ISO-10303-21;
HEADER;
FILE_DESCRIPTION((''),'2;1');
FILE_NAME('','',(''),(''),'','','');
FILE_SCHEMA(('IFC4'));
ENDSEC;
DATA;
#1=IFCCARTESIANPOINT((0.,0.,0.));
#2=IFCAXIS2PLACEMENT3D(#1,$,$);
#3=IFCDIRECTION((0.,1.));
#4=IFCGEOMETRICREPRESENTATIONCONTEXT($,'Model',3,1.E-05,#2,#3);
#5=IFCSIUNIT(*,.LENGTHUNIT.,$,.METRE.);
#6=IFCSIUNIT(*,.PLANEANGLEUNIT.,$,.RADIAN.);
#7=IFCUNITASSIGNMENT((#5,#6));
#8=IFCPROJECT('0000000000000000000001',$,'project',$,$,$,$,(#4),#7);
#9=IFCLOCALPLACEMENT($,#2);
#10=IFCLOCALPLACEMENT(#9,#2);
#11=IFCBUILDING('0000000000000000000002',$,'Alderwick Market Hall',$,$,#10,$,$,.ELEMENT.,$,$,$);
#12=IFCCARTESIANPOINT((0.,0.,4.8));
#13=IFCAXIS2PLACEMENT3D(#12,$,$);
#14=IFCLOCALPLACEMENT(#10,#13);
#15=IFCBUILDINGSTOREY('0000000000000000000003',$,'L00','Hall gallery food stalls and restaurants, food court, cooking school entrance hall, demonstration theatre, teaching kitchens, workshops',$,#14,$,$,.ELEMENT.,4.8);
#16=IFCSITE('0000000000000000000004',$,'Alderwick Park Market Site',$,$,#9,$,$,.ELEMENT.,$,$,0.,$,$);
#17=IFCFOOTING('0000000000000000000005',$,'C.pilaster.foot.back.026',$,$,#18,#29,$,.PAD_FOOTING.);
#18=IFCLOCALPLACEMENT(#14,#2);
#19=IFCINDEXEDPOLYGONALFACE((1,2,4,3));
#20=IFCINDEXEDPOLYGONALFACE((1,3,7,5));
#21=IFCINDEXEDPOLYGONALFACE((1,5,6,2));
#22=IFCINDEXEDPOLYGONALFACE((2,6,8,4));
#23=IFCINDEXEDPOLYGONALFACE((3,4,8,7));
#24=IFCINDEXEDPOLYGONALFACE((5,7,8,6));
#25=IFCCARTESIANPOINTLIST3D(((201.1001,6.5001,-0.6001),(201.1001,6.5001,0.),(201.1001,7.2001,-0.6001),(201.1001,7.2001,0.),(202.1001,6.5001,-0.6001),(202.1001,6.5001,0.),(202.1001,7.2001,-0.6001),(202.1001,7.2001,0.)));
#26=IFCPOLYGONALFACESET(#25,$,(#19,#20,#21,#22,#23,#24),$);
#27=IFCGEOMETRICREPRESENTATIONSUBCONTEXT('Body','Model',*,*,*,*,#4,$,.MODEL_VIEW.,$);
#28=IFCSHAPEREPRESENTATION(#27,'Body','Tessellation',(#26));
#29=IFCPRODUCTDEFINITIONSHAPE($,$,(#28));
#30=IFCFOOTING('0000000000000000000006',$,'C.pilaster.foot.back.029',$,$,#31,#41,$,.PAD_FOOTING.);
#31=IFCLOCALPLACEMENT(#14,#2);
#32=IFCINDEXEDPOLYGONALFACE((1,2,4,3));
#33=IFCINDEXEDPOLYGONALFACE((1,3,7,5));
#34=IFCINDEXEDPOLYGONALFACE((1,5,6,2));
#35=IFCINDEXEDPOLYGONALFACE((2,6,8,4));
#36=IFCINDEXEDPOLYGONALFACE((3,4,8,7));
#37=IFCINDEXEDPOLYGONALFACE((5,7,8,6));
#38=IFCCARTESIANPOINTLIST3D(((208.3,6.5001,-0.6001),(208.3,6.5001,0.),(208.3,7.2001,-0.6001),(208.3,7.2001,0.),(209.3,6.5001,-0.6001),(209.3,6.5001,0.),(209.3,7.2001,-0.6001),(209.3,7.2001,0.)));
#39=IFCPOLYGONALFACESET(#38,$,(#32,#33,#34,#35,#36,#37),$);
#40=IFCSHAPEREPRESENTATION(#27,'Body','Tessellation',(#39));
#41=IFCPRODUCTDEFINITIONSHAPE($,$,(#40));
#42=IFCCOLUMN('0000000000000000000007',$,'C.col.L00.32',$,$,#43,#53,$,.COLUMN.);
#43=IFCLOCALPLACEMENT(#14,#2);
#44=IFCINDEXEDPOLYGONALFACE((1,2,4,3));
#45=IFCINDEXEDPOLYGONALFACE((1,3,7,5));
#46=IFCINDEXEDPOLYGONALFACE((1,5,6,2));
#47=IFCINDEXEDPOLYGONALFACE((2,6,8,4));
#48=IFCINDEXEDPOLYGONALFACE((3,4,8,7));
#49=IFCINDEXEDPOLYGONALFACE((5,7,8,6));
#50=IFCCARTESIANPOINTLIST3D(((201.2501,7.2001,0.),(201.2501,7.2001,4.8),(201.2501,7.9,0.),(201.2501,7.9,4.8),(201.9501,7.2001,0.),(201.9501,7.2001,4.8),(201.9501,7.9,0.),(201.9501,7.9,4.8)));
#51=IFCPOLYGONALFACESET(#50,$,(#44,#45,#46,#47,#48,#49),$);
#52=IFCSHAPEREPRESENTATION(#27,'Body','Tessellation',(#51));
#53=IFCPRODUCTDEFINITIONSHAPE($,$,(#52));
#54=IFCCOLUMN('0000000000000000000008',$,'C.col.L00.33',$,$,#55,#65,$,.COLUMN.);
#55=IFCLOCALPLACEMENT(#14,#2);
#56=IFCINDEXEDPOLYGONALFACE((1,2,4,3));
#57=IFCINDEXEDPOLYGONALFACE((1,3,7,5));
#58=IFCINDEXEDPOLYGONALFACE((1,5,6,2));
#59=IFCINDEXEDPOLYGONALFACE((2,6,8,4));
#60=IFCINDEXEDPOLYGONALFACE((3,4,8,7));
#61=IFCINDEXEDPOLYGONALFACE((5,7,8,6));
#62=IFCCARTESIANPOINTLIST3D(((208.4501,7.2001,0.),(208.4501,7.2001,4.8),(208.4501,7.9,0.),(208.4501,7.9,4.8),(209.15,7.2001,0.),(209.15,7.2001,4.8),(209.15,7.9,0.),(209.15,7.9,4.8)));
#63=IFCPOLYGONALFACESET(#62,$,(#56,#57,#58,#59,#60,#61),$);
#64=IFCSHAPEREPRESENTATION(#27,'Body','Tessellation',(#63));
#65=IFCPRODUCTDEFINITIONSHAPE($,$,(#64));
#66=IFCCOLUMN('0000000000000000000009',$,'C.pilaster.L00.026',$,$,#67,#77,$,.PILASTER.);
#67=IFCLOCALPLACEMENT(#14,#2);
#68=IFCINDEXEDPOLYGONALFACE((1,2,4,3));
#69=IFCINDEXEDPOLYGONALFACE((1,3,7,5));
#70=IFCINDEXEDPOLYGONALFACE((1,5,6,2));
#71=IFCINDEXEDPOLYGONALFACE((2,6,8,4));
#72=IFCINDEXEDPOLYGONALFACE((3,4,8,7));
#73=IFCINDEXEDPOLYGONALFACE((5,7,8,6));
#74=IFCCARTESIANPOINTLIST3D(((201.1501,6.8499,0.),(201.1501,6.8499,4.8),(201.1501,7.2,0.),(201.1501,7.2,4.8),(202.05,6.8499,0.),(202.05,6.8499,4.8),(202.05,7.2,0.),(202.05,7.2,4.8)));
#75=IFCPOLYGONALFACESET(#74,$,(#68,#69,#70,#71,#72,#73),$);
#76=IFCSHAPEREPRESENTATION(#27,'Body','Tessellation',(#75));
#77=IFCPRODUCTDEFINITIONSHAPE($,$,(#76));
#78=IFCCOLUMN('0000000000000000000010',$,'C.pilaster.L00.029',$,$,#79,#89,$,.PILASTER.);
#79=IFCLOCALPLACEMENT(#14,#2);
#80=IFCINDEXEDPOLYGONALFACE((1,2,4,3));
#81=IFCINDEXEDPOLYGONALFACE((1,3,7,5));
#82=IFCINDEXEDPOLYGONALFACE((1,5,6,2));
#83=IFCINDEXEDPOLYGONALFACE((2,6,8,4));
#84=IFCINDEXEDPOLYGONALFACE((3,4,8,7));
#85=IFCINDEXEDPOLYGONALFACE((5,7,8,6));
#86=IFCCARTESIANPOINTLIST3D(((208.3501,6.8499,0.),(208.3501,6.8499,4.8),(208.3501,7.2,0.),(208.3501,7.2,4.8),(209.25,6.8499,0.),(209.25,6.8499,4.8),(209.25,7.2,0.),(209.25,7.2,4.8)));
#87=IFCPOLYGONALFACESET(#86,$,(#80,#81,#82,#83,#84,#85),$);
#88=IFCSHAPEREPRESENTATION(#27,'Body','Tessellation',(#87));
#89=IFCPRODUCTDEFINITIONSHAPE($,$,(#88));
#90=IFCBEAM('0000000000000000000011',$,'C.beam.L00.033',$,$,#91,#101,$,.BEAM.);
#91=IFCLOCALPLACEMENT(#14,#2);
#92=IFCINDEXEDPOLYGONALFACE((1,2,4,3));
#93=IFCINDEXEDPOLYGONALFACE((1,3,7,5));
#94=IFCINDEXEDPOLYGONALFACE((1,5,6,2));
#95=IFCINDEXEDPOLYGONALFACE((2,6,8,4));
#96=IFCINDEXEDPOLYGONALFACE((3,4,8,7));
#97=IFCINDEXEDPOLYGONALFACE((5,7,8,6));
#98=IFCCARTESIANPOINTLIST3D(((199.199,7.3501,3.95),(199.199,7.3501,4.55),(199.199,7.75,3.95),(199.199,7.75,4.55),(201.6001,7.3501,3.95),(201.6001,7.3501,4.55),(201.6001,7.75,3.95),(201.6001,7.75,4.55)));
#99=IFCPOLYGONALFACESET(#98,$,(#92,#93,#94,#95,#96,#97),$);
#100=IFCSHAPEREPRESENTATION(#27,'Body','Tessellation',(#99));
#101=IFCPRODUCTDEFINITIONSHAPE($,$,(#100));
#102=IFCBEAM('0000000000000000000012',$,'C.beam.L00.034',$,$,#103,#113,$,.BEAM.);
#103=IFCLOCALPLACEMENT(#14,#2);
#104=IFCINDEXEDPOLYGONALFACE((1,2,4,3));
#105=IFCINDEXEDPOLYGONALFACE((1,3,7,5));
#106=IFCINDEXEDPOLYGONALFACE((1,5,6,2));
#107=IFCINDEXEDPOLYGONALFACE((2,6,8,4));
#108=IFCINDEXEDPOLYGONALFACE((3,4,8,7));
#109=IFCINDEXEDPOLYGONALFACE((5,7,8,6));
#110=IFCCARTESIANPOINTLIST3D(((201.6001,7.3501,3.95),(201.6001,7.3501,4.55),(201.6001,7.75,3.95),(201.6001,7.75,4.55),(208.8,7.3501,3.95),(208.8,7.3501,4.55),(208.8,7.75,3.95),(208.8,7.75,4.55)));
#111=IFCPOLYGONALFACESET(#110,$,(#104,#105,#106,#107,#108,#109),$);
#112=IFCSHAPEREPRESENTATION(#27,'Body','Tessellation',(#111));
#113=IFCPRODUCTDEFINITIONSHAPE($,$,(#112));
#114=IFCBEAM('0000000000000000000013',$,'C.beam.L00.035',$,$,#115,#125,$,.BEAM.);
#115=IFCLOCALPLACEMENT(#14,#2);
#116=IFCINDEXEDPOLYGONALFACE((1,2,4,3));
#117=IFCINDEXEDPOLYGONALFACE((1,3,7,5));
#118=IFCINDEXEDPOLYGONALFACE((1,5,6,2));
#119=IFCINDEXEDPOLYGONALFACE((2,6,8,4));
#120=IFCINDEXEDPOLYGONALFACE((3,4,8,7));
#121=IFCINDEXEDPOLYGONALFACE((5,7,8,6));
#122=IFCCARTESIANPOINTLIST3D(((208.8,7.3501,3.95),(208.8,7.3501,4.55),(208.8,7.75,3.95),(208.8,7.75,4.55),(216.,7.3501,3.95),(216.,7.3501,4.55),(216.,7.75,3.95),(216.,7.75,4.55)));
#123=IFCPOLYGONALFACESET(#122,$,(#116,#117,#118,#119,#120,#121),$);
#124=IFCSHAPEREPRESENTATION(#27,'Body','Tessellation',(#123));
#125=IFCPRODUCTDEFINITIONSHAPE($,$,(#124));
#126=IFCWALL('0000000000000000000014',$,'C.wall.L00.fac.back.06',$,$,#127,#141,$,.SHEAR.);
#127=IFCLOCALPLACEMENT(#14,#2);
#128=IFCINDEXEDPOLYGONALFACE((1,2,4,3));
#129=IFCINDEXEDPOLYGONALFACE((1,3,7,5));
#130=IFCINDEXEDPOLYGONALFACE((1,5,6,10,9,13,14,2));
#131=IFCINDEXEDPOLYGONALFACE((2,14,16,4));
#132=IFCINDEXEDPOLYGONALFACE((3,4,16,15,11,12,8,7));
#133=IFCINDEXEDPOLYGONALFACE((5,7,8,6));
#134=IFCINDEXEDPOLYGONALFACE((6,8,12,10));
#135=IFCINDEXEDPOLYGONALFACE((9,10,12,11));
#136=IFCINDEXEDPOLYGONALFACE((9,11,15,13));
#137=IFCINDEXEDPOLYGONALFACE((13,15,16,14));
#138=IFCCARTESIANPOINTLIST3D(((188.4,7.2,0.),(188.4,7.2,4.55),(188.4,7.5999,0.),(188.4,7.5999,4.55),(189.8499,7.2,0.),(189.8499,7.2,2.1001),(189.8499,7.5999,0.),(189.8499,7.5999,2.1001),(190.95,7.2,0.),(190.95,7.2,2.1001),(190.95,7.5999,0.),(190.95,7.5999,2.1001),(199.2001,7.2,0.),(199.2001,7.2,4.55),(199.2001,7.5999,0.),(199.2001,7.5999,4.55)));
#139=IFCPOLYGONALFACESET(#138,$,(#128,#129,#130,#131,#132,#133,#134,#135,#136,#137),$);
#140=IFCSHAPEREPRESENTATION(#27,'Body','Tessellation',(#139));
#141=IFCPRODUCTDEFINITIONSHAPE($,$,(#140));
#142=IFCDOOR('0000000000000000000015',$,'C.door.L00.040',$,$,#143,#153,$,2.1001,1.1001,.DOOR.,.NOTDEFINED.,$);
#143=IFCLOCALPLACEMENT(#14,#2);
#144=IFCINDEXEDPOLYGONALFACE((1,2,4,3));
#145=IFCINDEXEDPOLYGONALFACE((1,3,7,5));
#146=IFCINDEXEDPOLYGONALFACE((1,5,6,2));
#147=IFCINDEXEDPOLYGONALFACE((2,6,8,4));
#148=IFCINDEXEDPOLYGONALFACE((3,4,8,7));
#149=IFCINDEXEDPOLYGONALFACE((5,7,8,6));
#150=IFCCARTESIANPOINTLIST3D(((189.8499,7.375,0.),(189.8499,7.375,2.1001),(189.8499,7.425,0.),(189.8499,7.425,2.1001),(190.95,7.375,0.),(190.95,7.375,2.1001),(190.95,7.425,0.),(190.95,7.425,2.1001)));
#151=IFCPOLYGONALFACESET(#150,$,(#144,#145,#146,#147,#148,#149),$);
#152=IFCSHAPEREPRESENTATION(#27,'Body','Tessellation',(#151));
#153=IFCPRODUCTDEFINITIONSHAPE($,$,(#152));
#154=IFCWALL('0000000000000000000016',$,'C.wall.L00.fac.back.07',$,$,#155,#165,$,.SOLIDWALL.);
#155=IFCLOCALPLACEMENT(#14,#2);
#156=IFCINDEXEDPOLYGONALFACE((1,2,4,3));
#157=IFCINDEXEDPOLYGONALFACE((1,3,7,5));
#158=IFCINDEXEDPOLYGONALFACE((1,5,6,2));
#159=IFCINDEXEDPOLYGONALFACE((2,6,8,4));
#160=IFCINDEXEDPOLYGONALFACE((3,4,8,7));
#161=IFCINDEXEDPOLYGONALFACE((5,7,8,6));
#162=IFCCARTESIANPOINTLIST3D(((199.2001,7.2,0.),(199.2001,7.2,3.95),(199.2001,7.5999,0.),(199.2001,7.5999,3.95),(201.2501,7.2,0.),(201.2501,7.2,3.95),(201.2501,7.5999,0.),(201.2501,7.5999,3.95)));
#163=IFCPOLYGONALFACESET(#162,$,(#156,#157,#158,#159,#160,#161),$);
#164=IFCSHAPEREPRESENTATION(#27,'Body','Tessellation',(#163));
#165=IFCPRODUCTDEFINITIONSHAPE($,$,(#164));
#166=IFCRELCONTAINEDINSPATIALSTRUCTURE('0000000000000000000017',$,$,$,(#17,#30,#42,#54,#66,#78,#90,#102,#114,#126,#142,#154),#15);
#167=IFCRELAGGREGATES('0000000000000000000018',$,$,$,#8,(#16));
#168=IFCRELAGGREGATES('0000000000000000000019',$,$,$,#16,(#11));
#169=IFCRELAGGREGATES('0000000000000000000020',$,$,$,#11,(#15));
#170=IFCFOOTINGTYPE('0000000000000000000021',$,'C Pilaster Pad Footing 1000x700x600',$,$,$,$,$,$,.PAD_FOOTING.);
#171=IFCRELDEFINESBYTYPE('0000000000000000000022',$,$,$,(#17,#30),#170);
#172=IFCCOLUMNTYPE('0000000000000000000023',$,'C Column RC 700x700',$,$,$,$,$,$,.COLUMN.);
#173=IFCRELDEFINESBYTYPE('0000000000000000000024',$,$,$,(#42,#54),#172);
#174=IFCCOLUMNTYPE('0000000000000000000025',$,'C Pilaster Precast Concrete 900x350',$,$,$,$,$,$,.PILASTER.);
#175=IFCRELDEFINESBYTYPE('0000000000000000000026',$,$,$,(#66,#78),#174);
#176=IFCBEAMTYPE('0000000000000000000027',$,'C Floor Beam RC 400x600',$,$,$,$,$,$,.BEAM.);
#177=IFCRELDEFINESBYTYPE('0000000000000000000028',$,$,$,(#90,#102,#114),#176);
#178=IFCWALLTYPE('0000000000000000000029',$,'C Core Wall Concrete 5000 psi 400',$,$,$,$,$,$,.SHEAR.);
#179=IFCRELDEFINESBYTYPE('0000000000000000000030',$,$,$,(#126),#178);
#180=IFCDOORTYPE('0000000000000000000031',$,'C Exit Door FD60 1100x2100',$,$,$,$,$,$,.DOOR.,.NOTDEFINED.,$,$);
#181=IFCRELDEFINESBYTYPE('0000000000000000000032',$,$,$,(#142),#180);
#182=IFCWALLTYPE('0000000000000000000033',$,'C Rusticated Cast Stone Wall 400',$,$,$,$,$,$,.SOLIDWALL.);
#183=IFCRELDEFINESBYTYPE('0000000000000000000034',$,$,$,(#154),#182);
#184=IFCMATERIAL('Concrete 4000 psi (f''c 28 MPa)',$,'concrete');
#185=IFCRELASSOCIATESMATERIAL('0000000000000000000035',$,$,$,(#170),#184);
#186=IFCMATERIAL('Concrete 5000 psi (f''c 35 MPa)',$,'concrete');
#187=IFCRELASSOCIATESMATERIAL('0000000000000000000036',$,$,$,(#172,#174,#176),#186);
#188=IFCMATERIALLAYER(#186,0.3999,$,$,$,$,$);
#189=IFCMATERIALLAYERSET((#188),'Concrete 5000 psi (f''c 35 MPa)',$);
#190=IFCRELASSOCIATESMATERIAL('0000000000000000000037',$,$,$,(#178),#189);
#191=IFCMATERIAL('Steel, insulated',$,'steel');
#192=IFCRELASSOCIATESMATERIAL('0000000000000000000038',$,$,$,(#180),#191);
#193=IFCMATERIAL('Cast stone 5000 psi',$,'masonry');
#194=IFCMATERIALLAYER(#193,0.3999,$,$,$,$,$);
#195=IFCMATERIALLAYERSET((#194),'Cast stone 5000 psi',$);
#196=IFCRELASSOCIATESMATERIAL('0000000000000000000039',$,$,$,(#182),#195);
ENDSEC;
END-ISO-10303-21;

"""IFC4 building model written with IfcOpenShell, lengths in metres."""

from ifc_helpers import new_model, si_unit, direction, frame, frame_2d, origin, origin_2d, place, context, subcontext, project, spatial, rectangle, extrude, material, layer, layer_set, material_profile, profile_set, type_object, element, fill, save


model = new_model("IFC4")

# Units and contexts
model_context = context("Model", 3, precision=1e-05, world=origin(), true_north=direction((0.0, 1.0)))
body_context = subcontext(model_context, "Body", "Model", "MODEL_VIEW")
ifc_project = project(units=[si_unit("LENGTHUNIT", "METRE"), si_unit("PLANEANGLEUNIT", "RADIAN")], contexts=[model_context])

# Site, building, storey
site_placement = place(None, origin())
site = spatial("IfcSite", under=ifc_project, at=site_placement, Name="Alderwick Park Market Site", CompositionType="ELEMENT", RefElevation=0.0)
building_placement = place(site_placement, origin())
building = spatial("IfcBuilding", under=site, at=building_placement, Name="Alderwick Market Hall", CompositionType="ELEMENT")
storey_placement = place(building_placement, frame((0.0, 0.0, 4.8)))
storey = spatial("IfcBuildingStorey", under=building, at=storey_placement, Name="L00", Description="Hall gallery food stalls and restaurants, food court, cooking school entrance hall, demonstration theatre, teaching kitchens, workshops", CompositionType="ELEMENT", Elevation=4.8)

# Footings
ifc_material_1 = material(Name="Concrete 4000 psi (f'c 28 MPa)", Category="concrete")
footing_type = type_object("IfcFootingType", Name="C Pilaster Pad Footing 1000x700x600", PredefinedType="PAD_FOOTING", material=ifc_material_1)
for number, where, z_axis, x_axis, name in (
    (1, (201.6001, 6.8501, -0.6001), (0.0, 0.0, 1.0), (1.0, 0.0, 0.0), "C.pilaster.foot.back.026"),
    (2, (208.8, 6.8501, -0.6001), (0.0, 0.0, 1.0), (1.0, 0.0, 0.0), "C.pilaster.foot.back.029"),
):
    element("IfcFooting", number, at=place(storey_placement, frame(where, z_axis=z_axis, x_axis=x_axis)), inside=storey, type_object=footing_type, Name=name, PredefinedType="PAD_FOOTING", context=body_context, shape_type="SweptSolid", body=[
        extrude(rectangle(XDim=1.0, YDim=0.7, at=origin_2d()), origin(), (0.0, 0.0, 1.0), 0.6001),
    ])

# Columns
ifc_material_2 = material(Name="Concrete 5000 psi (f'c 35 MPa)", Category="concrete")
ifc_material_profile_1 = material_profile(ifc_material_2, rectangle(XDim=0.7, YDim=0.7, at=origin_2d()), Name="RC 700x700")
ifc_profile_set_1 = profile_set([ifc_material_profile_1], Name="Concrete 5000 psi (f'c 35 MPa)")
column_type_1 = type_object("IfcColumnType", Name="C Column RC 700x700", PredefinedType="COLUMN", material=ifc_profile_set_1)
for number, where, z_axis, x_axis, name in (
    (3, (201.6001, 7.55, 0.0), (0.0, 0.0, 1.0), (1.0, 0.0, 0.0), "C.col.L00.32"),
    (4, (208.8, 7.55, 0.0), (0.0, 0.0, 1.0), (1.0, 0.0, 0.0), "C.col.L00.33"),
):
    element("IfcColumn", number, at=place(storey_placement, frame(where, z_axis=z_axis, x_axis=x_axis)), inside=storey, type_object=column_type_1, Name=name, PredefinedType="COLUMN", context=body_context, shape_type="SweptSolid", body=[
        extrude(rectangle(XDim=0.7, YDim=0.7, at=origin_2d()), origin(), (0.0, 0.0, 1.0), 4.8),
    ])
ifc_material_profile_2 = material_profile(ifc_material_2, rectangle(XDim=0.8999, YDim=0.3501, at=origin_2d()), Name="PC 900x350")
ifc_profile_set_2 = profile_set([ifc_material_profile_2], Name="Concrete 5000 psi (f'c 35 MPa)")
column_type_2 = type_object("IfcColumnType", Name="C Pilaster Precast Concrete 900x350", PredefinedType="PILASTER", material=ifc_profile_set_2)
for number, where, z_axis, x_axis, name in (
    (5, (201.6001, 7.0249, 0.0), (0.0, 0.0, 1.0), (1.0, 0.0, 0.0), "C.pilaster.L00.026"),
    (6, (208.8, 7.0249, 0.0), (0.0, 0.0, 1.0), (1.0, 0.0, 0.0), "C.pilaster.L00.029"),
):
    element("IfcColumn", number, at=place(storey_placement, frame(where, z_axis=z_axis, x_axis=x_axis)), inside=storey, type_object=column_type_2, Name=name, PredefinedType="PILASTER", context=body_context, shape_type="SweptSolid", body=[
        extrude(rectangle(XDim=0.8999, YDim=0.3501, at=origin_2d()), origin(), (0.0, 0.0, 1.0), 4.8),
    ])

# Beams
ifc_material_profile_3 = material_profile(ifc_material_2, rectangle(XDim=0.3999, YDim=0.6001, at=origin_2d()), Name="RC 400x600")
ifc_profile_set_3 = profile_set([ifc_material_profile_3], Name="Concrete 5000 psi (f'c 35 MPa)")
beam_type = type_object("IfcBeamType", Name="C Floor Beam RC 400x600", PredefinedType="BEAM", material=ifc_profile_set_3)
beam_placement = place(storey_placement, frame((199.199, 7.55, 4.25), z_axis=(1.0, 0.0, 0.0), x_axis=(0.0, 1.0, 0.0)))
element("IfcBeam", 7, at=beam_placement, inside=storey, type_object=beam_type, Name="C.beam.L00.033", PredefinedType="BEAM", context=body_context, shape_type="SweptSolid", body=[
    extrude(rectangle(XDim=0.3999, YDim=0.6001, at=origin_2d()), origin(), (0.0, 0.0, 1.0), 2.4011),
])
for number, where, z_axis, x_axis, name in (
    (8, (201.6001, 7.55, 4.25), (1.0, 0.0, 0.0), (0.0, 1.0, 0.0), "C.beam.L00.034"),
    (9, (208.8, 7.55, 4.25), (1.0, 0.0, 0.0), (0.0, 1.0, 0.0), "C.beam.L00.035"),
):
    element("IfcBeam", number, at=place(storey_placement, frame(where, z_axis=z_axis, x_axis=x_axis)), inside=storey, type_object=beam_type, Name=name, PredefinedType="BEAM", context=body_context, shape_type="SweptSolid", body=[
        extrude(rectangle(XDim=0.3999, YDim=0.6001, at=origin_2d()), origin(), (0.0, 0.0, 1.0), 7.2),
    ])

# Wall, opening, door
ifc_layer_1 = layer(ifc_material_2, 0.3999)
ifc_layer_set_1 = layer_set([ifc_layer_1], Name="Concrete 5000 psi (f'c 35 MPa)")
wall_type_1 = type_object("IfcWallType", Name="C Core Wall Concrete 5000 psi 400", PredefinedType="SHEAR", material=ifc_layer_set_1)
wall_1_placement = place(storey_placement, frame((199.2, 7.3999, 0.0), z_axis=(0.0, 0.0, 1.0), x_axis=(-1.0, 0.0, 0.0)))
wall_1 = element("IfcWall", 10, at=wall_1_placement, inside=storey, type_object=wall_type_1, Name="C.wall.L00.fac.back.06", PredefinedType="SHEAR", context=body_context, shape_type="SweptSolid", body=[
    extrude(rectangle(XDim=10.8, YDim=0.3999, at=frame_2d((5.3999, 0.0))), origin(), (0.0, 0.0, 1.0), 4.55),
])
opening_1_placement = place(wall_1_placement, frame((8.25, 0.0, 0.0)))
opening_1 = element("IfcOpeningElement", 11, at=opening_1_placement, cuts=wall_1, PredefinedType="OPENING", context=body_context, shape_type="SweptSolid", body=[
    extrude(rectangle(XDim=1.1001, YDim=2.1001, at=frame_2d((0.55, 1.05))), frame((0.0, 0.21, 0.0), z_axis=(0.0, -1.0, 0.0), x_axis=(1.0, 0.0, 0.0)), (0.0, 0.0, 1.0), 0.4199),
])
ifc_material_3 = material(Name="Steel, insulated", Category="steel")
door_type = type_object("IfcDoorType", Name="C Exit Door FD60 1100x2100", OperationType="NOTDEFINED", PredefinedType="DOOR", material=ifc_material_3)
door_placement = place(opening_1_placement, origin())
door = element("IfcDoor", 12, at=door_placement, inside=storey, type_object=door_type, Name="C.door.L00.040", OperationType="NOTDEFINED", OverallHeight=2.1001, OverallWidth=1.1001, PredefinedType="DOOR", context=body_context, shape_type="SweptSolid", body=[
    extrude(rectangle(XDim=1.1001, YDim=2.1001, at=frame_2d((0.55, 1.05))), frame((0.0, 0.0249, 0.0), z_axis=(0.0, -1.0, 0.0), x_axis=(1.0, 0.0, 0.0)), (0.0, 0.0, 1.0), 0.05),
])
fill(opening_1, door)

# Wall
ifc_material_4 = material(Name="Cast stone 5000 psi", Category="masonry")
ifc_layer_2 = layer(ifc_material_4, 0.3999)
ifc_layer_set_2 = layer_set([ifc_layer_2], Name="Cast stone 5000 psi")
wall_type_2 = type_object("IfcWallType", Name="C Rusticated Cast Stone Wall 400", PredefinedType="SOLIDWALL", material=ifc_layer_set_2)
wall_2_placement = place(storey_placement, frame((201.25, 7.3999, 0.0), z_axis=(0.0, 0.0, 1.0), x_axis=(-1.0, 0.0, 0.0)))
element("IfcWall", 13, at=wall_2_placement, inside=storey, type_object=wall_type_2, Name="C.wall.L00.fac.back.07", PredefinedType="SOLIDWALL", context=body_context, shape_type="SweptSolid", body=[
    extrude(rectangle(XDim=2.05, YDim=0.3999, at=frame_2d((1.0249, 0.0))), origin(), (0.0, 0.0, 1.0), 3.95),
])

save(model, "model.ifc")
